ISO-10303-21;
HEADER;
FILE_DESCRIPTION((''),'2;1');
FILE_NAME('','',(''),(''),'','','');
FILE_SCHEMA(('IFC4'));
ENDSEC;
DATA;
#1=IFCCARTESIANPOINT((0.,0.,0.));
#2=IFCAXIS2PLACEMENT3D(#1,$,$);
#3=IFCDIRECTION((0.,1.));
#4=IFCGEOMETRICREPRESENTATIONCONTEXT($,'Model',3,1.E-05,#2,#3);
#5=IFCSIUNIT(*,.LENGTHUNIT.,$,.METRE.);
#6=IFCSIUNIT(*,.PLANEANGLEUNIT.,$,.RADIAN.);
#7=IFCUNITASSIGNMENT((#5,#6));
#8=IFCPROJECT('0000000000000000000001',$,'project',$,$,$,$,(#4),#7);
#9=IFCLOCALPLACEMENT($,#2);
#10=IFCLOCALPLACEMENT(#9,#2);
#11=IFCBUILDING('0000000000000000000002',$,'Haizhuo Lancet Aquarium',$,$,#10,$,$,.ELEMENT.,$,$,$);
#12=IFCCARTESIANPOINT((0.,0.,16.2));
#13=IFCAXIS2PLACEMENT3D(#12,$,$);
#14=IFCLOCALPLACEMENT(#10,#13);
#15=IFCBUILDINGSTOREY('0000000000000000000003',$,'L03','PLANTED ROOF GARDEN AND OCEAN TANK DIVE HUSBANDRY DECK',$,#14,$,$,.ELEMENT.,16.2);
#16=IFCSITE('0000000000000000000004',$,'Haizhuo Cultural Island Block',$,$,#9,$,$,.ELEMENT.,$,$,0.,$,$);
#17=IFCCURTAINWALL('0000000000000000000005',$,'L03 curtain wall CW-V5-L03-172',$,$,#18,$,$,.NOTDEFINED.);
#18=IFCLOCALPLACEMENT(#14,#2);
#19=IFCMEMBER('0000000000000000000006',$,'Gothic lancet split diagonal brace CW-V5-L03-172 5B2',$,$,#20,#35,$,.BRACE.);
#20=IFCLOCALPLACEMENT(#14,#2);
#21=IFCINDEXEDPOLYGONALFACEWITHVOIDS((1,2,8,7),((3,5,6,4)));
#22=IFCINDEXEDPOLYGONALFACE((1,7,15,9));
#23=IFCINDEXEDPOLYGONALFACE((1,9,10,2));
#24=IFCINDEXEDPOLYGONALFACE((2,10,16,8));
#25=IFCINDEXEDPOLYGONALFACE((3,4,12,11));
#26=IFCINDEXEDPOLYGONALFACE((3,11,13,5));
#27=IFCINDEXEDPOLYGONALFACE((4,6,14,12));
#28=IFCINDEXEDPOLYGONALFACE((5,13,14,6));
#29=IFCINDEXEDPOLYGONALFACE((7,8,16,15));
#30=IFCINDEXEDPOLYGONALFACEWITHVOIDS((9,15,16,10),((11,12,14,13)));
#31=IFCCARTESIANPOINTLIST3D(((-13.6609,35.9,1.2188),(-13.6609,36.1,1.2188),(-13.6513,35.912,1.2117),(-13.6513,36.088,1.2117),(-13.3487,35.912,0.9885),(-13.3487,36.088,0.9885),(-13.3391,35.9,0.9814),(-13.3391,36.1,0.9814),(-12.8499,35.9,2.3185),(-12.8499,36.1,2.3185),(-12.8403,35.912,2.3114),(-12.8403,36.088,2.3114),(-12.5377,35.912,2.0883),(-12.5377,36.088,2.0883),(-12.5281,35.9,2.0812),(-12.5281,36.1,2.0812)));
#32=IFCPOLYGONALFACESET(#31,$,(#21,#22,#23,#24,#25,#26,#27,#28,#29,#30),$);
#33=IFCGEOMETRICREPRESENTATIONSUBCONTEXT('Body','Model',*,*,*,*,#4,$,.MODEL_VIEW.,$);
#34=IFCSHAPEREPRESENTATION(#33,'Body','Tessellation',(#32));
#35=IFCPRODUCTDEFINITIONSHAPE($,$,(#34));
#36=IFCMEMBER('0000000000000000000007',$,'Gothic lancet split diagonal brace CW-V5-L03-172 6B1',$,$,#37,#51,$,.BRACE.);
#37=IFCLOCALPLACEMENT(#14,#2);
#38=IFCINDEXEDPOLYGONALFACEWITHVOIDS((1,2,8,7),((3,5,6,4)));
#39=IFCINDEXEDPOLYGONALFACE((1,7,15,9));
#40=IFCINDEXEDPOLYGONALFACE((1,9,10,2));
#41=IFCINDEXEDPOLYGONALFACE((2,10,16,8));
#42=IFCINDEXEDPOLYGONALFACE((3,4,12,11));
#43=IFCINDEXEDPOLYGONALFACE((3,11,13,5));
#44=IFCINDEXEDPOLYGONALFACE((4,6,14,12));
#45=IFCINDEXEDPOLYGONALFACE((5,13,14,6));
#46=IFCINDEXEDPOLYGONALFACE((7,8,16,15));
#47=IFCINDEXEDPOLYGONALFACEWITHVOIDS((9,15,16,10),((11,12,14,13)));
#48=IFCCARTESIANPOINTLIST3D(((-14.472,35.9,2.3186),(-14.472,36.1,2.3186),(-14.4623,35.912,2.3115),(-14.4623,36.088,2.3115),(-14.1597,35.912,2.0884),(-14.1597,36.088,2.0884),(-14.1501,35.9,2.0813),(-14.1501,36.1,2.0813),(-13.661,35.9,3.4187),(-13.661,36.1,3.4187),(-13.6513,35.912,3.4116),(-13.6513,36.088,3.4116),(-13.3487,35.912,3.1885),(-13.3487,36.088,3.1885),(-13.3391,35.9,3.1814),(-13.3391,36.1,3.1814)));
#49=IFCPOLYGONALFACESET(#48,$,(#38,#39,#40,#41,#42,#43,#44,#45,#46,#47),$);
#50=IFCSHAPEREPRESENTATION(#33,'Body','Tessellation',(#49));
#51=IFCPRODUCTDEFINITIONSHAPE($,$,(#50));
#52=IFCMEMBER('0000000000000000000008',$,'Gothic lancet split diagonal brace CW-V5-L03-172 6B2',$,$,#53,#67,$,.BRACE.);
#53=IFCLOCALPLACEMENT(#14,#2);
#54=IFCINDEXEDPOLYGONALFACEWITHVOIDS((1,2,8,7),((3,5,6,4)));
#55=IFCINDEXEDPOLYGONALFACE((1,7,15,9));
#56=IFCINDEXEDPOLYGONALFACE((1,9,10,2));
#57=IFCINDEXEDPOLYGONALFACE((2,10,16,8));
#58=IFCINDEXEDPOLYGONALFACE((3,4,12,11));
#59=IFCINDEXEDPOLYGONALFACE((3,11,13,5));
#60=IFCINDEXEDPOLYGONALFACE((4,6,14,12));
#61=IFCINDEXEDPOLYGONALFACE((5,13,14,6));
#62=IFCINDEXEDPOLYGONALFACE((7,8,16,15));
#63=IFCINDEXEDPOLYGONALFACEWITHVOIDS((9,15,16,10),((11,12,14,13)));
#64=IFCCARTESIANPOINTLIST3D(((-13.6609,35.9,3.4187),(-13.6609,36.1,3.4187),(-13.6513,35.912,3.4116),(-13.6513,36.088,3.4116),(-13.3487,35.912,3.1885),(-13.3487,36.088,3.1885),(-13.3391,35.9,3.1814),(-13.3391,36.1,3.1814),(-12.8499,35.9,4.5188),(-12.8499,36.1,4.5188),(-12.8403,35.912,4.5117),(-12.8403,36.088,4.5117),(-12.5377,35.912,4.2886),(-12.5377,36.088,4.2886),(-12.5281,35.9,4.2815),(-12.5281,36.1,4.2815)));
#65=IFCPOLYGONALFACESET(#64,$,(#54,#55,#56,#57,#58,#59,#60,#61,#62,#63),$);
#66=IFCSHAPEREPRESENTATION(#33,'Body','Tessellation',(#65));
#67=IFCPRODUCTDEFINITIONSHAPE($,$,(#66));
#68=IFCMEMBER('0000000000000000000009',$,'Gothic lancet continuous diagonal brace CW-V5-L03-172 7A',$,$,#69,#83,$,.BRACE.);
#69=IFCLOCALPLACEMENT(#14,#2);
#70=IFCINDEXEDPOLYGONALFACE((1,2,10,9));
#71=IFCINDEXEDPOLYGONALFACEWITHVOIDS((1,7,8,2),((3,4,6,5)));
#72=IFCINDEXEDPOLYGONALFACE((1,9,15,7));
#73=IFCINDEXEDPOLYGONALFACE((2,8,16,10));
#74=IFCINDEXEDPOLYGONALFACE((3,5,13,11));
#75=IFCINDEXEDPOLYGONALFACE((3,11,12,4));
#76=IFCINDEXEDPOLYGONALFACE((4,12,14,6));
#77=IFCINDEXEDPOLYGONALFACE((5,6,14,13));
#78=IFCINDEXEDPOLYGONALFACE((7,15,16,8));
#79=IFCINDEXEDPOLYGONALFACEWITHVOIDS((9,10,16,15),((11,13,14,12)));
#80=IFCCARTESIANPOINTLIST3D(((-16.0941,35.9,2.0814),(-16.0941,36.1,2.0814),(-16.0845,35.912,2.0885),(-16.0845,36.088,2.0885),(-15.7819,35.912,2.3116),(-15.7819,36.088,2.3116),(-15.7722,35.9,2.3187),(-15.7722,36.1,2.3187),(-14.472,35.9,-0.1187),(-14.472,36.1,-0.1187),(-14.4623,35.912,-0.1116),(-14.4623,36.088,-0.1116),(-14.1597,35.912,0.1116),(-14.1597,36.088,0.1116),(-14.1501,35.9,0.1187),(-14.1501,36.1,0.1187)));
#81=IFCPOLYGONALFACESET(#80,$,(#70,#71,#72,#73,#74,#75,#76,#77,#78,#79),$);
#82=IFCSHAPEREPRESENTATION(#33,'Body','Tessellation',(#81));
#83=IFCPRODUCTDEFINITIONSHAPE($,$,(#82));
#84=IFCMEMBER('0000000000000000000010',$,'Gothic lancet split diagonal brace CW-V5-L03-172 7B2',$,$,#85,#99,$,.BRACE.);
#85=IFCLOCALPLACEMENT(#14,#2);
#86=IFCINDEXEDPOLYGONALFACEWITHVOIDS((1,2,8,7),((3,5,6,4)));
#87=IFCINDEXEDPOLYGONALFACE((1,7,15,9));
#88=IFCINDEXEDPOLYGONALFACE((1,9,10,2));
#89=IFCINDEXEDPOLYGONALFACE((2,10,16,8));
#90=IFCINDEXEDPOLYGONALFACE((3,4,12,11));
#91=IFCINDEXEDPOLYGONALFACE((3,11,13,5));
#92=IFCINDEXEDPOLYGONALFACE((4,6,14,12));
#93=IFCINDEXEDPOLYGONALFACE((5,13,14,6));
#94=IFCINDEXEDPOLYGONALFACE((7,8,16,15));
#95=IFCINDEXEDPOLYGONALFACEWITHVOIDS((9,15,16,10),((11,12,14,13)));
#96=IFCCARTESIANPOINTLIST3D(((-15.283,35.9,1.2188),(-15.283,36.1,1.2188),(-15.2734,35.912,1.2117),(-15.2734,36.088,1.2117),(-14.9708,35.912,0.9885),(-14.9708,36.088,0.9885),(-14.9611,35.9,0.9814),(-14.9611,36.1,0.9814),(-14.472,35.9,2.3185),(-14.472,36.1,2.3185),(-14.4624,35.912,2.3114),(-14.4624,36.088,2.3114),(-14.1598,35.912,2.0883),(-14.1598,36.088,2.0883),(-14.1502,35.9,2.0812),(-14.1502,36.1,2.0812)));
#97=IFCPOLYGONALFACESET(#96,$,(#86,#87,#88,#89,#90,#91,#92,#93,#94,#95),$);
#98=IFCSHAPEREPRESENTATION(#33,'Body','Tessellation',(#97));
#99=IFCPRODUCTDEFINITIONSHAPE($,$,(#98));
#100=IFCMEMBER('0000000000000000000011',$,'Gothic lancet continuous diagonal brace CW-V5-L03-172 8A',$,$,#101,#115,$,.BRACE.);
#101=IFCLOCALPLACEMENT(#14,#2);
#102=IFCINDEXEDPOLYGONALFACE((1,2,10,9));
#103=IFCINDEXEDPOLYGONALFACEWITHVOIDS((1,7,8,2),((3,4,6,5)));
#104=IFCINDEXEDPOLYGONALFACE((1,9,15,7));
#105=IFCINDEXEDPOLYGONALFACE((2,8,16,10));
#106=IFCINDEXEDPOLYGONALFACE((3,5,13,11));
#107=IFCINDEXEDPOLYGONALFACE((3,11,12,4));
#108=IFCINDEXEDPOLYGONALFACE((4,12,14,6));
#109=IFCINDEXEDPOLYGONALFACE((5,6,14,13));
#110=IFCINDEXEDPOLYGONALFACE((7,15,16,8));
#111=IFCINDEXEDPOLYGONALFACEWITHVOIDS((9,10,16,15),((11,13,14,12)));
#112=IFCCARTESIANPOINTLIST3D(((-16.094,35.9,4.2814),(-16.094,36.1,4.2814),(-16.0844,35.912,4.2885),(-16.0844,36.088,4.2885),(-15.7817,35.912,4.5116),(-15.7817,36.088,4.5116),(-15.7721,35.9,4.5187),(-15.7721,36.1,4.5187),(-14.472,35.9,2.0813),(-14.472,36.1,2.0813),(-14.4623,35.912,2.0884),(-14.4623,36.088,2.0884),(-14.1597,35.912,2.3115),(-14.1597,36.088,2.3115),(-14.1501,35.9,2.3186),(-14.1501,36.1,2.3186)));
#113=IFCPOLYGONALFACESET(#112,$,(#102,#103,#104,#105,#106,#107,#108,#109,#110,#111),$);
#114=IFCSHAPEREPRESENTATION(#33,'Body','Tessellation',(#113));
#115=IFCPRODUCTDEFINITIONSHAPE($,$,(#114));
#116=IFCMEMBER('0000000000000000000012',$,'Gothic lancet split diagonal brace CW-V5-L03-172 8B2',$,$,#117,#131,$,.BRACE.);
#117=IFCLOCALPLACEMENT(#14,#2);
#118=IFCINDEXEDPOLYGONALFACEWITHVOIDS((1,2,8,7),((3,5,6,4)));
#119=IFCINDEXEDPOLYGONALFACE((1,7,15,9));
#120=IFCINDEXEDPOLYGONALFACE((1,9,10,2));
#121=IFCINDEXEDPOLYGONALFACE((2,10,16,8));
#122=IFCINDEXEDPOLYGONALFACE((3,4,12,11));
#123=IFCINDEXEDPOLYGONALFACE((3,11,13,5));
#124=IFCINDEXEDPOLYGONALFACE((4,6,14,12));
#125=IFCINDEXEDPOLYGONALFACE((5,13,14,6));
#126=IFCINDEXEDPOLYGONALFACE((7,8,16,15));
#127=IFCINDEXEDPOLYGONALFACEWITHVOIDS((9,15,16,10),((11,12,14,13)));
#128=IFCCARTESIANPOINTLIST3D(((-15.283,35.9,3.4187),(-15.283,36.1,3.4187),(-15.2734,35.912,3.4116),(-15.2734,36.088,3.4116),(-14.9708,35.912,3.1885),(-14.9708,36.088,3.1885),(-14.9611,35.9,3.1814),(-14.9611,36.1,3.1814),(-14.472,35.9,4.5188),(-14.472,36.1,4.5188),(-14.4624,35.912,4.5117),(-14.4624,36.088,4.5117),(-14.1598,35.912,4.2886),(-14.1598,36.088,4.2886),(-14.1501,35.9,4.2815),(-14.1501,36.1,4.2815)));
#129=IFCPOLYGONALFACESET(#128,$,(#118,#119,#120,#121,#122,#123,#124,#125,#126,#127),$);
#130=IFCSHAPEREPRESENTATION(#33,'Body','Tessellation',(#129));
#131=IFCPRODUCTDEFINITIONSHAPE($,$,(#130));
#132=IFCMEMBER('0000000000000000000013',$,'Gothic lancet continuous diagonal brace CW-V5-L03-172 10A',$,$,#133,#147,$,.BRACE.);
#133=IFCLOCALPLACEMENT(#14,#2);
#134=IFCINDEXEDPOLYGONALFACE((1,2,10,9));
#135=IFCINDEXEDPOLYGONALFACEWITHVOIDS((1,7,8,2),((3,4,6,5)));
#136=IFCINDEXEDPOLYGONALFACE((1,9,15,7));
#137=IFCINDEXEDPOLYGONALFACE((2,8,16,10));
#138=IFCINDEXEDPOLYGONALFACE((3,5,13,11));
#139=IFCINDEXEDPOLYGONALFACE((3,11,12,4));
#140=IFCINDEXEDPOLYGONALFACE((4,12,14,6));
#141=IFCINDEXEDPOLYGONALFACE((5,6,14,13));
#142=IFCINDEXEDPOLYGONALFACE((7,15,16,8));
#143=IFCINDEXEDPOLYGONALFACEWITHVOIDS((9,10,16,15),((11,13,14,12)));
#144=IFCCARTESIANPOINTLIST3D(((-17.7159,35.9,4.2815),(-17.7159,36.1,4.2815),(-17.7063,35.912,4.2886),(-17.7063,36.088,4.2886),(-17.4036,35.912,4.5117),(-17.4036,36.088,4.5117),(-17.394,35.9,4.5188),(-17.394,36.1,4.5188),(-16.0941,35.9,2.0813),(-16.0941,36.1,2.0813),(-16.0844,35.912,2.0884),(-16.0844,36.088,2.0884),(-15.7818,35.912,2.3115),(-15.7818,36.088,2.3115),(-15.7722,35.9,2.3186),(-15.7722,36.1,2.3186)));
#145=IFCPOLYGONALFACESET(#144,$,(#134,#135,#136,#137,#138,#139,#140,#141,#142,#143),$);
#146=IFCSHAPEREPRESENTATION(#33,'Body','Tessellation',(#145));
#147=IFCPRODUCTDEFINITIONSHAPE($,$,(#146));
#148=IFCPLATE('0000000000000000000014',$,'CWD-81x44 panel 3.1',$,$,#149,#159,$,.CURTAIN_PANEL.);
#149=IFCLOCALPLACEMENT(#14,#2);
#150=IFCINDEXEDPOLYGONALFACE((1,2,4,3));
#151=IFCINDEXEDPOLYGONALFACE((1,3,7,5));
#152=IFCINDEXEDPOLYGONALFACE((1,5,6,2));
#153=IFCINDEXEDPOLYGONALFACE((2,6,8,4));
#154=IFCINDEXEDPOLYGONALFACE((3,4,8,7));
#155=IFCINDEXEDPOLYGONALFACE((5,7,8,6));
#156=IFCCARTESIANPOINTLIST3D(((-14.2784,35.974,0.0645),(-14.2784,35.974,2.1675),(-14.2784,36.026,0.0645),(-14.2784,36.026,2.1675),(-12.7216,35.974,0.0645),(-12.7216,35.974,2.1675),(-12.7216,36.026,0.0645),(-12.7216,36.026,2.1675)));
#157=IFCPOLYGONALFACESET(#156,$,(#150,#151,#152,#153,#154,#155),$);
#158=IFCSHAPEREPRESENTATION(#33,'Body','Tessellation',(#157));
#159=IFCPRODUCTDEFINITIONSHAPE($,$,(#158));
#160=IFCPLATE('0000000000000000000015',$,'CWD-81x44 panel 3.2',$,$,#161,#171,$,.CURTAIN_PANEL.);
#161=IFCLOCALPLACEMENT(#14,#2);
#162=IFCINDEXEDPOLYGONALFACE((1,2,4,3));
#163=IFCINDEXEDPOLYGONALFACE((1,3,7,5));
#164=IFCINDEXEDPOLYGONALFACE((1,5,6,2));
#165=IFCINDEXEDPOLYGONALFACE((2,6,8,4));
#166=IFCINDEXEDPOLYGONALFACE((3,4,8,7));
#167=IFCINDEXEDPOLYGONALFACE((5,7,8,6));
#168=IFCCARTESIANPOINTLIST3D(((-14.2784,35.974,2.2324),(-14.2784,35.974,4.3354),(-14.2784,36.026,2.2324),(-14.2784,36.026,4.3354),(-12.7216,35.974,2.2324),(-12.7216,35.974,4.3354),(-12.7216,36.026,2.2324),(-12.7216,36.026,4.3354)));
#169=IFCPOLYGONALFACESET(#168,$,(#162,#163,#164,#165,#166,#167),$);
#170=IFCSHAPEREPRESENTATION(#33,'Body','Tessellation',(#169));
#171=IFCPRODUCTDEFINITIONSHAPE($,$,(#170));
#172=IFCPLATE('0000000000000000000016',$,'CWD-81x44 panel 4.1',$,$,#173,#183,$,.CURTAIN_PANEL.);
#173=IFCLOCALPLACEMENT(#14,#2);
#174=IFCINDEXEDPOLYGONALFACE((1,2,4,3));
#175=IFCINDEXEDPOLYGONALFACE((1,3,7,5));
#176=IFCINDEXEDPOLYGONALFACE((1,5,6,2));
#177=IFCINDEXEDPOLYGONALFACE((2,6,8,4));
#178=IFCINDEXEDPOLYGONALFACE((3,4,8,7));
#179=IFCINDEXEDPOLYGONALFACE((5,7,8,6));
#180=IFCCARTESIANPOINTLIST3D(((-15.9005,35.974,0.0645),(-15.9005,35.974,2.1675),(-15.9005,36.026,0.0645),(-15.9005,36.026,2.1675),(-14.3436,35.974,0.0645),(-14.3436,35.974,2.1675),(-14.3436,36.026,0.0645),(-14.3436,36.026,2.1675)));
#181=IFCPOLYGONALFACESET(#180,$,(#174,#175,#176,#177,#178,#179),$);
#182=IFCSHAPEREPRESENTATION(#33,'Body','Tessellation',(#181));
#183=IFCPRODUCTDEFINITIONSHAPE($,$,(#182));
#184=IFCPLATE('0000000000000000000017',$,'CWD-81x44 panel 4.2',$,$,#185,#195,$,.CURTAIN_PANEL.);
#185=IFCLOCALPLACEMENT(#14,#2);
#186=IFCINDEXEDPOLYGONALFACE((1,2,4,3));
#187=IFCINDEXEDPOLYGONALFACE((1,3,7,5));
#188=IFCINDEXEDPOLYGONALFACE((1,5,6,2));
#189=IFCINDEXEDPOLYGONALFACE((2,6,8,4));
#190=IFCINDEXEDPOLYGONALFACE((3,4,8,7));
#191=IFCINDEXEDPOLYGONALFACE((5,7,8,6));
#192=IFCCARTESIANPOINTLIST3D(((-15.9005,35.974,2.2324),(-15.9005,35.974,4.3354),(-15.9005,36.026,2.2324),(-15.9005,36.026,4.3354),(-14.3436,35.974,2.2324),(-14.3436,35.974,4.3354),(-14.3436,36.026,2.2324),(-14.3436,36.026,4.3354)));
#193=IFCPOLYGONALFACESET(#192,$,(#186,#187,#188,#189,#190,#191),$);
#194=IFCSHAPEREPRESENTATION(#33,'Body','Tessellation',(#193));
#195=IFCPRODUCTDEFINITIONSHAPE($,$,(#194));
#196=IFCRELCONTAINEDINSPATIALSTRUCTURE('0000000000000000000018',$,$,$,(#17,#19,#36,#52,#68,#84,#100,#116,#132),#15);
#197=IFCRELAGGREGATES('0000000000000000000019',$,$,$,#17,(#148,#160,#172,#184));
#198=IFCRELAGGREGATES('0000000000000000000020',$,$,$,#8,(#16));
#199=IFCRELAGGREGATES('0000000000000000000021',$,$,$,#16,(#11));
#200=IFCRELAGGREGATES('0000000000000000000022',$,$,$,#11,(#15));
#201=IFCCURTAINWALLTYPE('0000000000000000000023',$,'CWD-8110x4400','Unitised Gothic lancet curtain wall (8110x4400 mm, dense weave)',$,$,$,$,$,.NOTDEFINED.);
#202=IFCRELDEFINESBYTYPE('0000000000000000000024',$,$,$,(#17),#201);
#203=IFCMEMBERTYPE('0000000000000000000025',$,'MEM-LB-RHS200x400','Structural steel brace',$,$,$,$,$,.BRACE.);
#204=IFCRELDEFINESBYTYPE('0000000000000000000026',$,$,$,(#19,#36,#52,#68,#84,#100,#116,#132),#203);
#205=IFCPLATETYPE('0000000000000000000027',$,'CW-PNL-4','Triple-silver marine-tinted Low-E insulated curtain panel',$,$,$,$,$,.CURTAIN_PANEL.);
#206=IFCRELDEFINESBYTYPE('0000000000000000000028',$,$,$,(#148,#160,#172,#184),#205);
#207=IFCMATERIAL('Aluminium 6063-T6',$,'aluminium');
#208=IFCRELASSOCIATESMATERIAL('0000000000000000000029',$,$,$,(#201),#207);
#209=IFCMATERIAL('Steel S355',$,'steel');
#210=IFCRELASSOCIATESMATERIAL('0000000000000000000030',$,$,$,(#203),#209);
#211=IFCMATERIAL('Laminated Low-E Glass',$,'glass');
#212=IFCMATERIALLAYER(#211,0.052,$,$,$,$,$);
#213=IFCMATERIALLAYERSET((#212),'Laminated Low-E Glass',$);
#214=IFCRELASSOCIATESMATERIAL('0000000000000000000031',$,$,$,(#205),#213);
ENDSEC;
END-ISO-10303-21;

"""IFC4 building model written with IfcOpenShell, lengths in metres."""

from ifc_helpers import new_model, si_unit, direction, frame, origin, origin_2d, place, context, subcontext, project, spatial, rectangle, hollow_rectangle, extrude, material, layer, layer_set, material_profile, profile_set, type_object, element, aggregate, save


model = new_model("IFC4")

# Units and contexts
model_context = context("Model", 3, precision=1e-05, world=origin(), true_north=direction((0.0, 1.0)))
body_context = subcontext(model_context, "Body", "Model", "MODEL_VIEW")
ifc_project = project(units=[si_unit("LENGTHUNIT", "METRE"), si_unit("PLANEANGLEUNIT", "RADIAN")], contexts=[model_context])

# Site, building, storey
site_placement = place(None, origin())
site = spatial("IfcSite", under=ifc_project, at=site_placement, Name="Haizhuo Cultural Island Block", CompositionType="ELEMENT", RefElevation=0.0)
building_placement = place(site_placement, origin())
building = spatial("IfcBuilding", under=site, at=building_placement, Name="Haizhuo Lancet Aquarium", CompositionType="ELEMENT")
storey_placement = place(building_placement, frame((0.0, 0.0, 16.2)))
storey = spatial("IfcBuildingStorey", under=building, at=storey_placement, Name="L03", Description="PLANTED ROOF GARDEN AND OCEAN TANK DIVE HUSBANDRY DECK", CompositionType="ELEMENT", Elevation=16.2)

# Curtain wall
ifc_material_1 = material(Name="Aluminium 6063-T6", Category="aluminium")
curtain_wall_type = type_object("IfcCurtainWallType", Name="CWD-8110x4400", Description="Unitised Gothic lancet curtain wall (8110x4400 mm, dense weave)", PredefinedType="NOTDEFINED", material=ifc_material_1)
curtain_wall_placement = place(storey_placement, origin())
curtain_wall = element("IfcCurtainWall", 1, at=curtain_wall_placement, inside=storey, type_object=curtain_wall_type, Name="L03 curtain wall CW-V5-L03-172", PredefinedType="NOTDEFINED")

# Shared definitions
ifc_material_2 = material(Name="Steel S355", Category="steel")

# Members
ifc_material_profile_1 = material_profile(ifc_material_2, hollow_rectangle(XDim=0.2, YDim=0.3999, WallThickness=0.012, at=origin_2d()), Name="RHS 200x400x12")
ifc_profile_set_1 = profile_set([ifc_material_profile_1], Name="Steel S355")
member_type_1 = type_object("IfcMemberType", Name="MEM-LB-RHS200x400", Description="Structural steel brace", PredefinedType="BRACE", material=ifc_profile_set_1)
member_1_placement = place(storey_placement, frame((-13.5, 36.0, 1.1001), z_axis=(0.593492, 0.0, 0.80484), x_axis=(0.0, 1.0, 0.0)))
element("IfcMember", 2, at=member_1_placement, inside=storey, type_object=member_type_1, Name="Gothic lancet split diagonal brace CW-V5-L03-172 5B2", PredefinedType="BRACE", context=body_context, shape_type="SweptSolid", body=[
    extrude(hollow_rectangle(XDim=0.2, YDim=0.3999, WallThickness=0.012, at=origin_2d()), origin(), (0.0, 0.0, 1.0), 1.3665),
])
for number, where, z_axis, x_axis, name in (
    (3, (-14.311, 36.0, 2.2), (0.593406, 0.0, 0.804903), (0.0, 1.0, 0.0), "Gothic lancet split diagonal brace CW-V5-L03-172 6B1"),
    (4, (-13.5, 36.0, 3.3), (0.593406, 0.0, 0.804903), (0.0, 1.0, 0.0), "Gothic lancet split diagonal brace CW-V5-L03-172 6B2"),
):
    element("IfcMember", number, at=place(storey_placement, frame(where, z_axis=z_axis, x_axis=x_axis)), inside=storey, type_object=member_type_1, Name=name, PredefinedType="BRACE", context=body_context, shape_type="SweptSolid", body=[
        extrude(hollow_rectangle(XDim=0.2, YDim=0.3999, WallThickness=0.012, at=origin_2d()), origin(), (0.0, 0.0, 1.0), 1.3667),
    ])
member_2_placement = place(storey_placement, frame((-14.311, 36.0, 0.0), z_axis=(-0.593449, 0.0, 0.804872), x_axis=(0.0, -1.0, 0.0)))
element("IfcMember", 5, at=member_2_placement, inside=storey, type_object=member_type_1, Name="Gothic lancet continuous diagonal brace CW-V5-L03-172 7A", PredefinedType="BRACE", context=body_context, shape_type="SweptSolid", body=[
    extrude(hollow_rectangle(XDim=0.2, YDim=0.3999, WallThickness=0.012, at=origin_2d()), origin(), (0.0, 0.0, 1.0), 2.7334),
])
member_3_placement = place(storey_placement, frame((-15.1221, 36.0, 1.1001), z_axis=(0.593492, 0.0, 0.80484), x_axis=(0.0, 1.0, 0.0)))
element("IfcMember", 6, at=member_3_placement, inside=storey, type_object=member_type_1, Name="Gothic lancet split diagonal brace CW-V5-L03-172 7B2", PredefinedType="BRACE", context=body_context, shape_type="SweptSolid", body=[
    extrude(hollow_rectangle(XDim=0.2, YDim=0.3999, WallThickness=0.012, at=origin_2d()), origin(), (0.0, 0.0, 1.0), 1.3665),
])
member_4_placement = place(storey_placement, frame((-14.311, 36.0, 2.2), z_axis=(-0.593406, 0.0, 0.804903), x_axis=(0.0, -1.0, 0.0)))
element("IfcMember", 7, at=member_4_placement, inside=storey, type_object=member_type_1, Name="Gothic lancet continuous diagonal brace CW-V5-L03-172 8A", PredefinedType="BRACE", context=body_context, shape_type="SweptSolid", body=[
    extrude(hollow_rectangle(XDim=0.2, YDim=0.3999, WallThickness=0.012, at=origin_2d()), origin(), (0.0, 0.0, 1.0), 2.7334),
])
member_5_placement = place(storey_placement, frame((-15.1221, 36.0, 3.3), z_axis=(0.593406, 0.0, 0.804903), x_axis=(0.0, 1.0, 0.0)))
element("IfcMember", 8, at=member_5_placement, inside=storey, type_object=member_type_1, Name="Gothic lancet split diagonal brace CW-V5-L03-172 8B2", PredefinedType="BRACE", context=body_context, shape_type="SweptSolid", body=[
    extrude(hollow_rectangle(XDim=0.2, YDim=0.3999, WallThickness=0.012, at=origin_2d()), origin(), (0.0, 0.0, 1.0), 1.3667),
])
member_6_placement = place(storey_placement, frame((-15.9331, 36.0, 2.2), z_axis=(-0.593348, 0.0, 0.804946), x_axis=(0.0, -1.0, 0.0)))
element("IfcMember", 9, at=member_6_placement, inside=storey, type_object=member_type_1, Name="Gothic lancet continuous diagonal brace CW-V5-L03-172 10A", PredefinedType="BRACE", context=body_context, shape_type="SweptSolid", body=[
    extrude(hollow_rectangle(XDim=0.2, YDim=0.3999, WallThickness=0.012, at=origin_2d()), origin(), (0.0, 0.0, 1.0), 2.7334),
])

# Plates
ifc_material_3 = material(Name="Laminated Low-E Glass", Category="glass")
ifc_layer_1 = layer(ifc_material_3, 0.052)
ifc_layer_set_1 = layer_set([ifc_layer_1], Name="Laminated Low-E Glass")
plate_type = type_object("IfcPlateType", Name="CW-PNL-4", Description="Triple-silver marine-tinted Low-E insulated curtain panel", PredefinedType="CURTAIN_PANEL", material=ifc_layer_set_1)
plate_1_placement = place(storey_placement, frame((-13.5, 36.0, 0.0645), z_axis=(0.0, 0.0, 1.0), x_axis=(-1.0, 0.0, 0.0)))
plate_1 = element("IfcPlate", 10, at=plate_1_placement, type_object=plate_type, Name="CWD-81x44 panel 3.1", PredefinedType="CURTAIN_PANEL", context=body_context, shape_type="SweptSolid", body=[
    extrude(rectangle(XDim=1.5569, YDim=0.052, at=origin_2d()), origin(), (0.0, 0.0, 1.0), 2.103),
])
plate_2_placement = place(storey_placement, frame((-13.5, 36.0, 2.2324), z_axis=(0.0, 0.0, 1.0), x_axis=(-1.0, 0.0, 0.0)))
plate_2 = element("IfcPlate", 11, at=plate_2_placement, type_object=plate_type, Name="CWD-81x44 panel 3.2", PredefinedType="CURTAIN_PANEL", context=body_context, shape_type="SweptSolid", body=[
    extrude(rectangle(XDim=1.5569, YDim=0.052, at=origin_2d()), origin(), (0.0, 0.0, 1.0), 2.103),
])
plate_3_placement = place(storey_placement, frame((-15.1221, 36.0, 0.0645), z_axis=(0.0, 0.0, 1.0), x_axis=(-1.0, 0.0, 0.0)))
plate_3 = element("IfcPlate", 12, at=plate_3_placement, type_object=plate_type, Name="CWD-81x44 panel 4.1", PredefinedType="CURTAIN_PANEL", context=body_context, shape_type="SweptSolid", body=[
    extrude(rectangle(XDim=1.5569, YDim=0.052, at=origin_2d()), origin(), (0.0, 0.0, 1.0), 2.103),
])
plate_4_placement = place(storey_placement, frame((-15.1221, 36.0, 2.2324), z_axis=(0.0, 0.0, 1.0), x_axis=(-1.0, 0.0, 0.0)))
plate_4 = element("IfcPlate", 13, at=plate_4_placement, type_object=plate_type, Name="CWD-81x44 panel 4.2", PredefinedType="CURTAIN_PANEL", context=body_context, shape_type="SweptSolid", body=[
    extrude(rectangle(XDim=1.5569, YDim=0.052, at=origin_2d()), origin(), (0.0, 0.0, 1.0), 2.103),
])
aggregate(curtain_wall, [plate_1, plate_2, plate_3, plate_4])

save(model, "model.ifc")
